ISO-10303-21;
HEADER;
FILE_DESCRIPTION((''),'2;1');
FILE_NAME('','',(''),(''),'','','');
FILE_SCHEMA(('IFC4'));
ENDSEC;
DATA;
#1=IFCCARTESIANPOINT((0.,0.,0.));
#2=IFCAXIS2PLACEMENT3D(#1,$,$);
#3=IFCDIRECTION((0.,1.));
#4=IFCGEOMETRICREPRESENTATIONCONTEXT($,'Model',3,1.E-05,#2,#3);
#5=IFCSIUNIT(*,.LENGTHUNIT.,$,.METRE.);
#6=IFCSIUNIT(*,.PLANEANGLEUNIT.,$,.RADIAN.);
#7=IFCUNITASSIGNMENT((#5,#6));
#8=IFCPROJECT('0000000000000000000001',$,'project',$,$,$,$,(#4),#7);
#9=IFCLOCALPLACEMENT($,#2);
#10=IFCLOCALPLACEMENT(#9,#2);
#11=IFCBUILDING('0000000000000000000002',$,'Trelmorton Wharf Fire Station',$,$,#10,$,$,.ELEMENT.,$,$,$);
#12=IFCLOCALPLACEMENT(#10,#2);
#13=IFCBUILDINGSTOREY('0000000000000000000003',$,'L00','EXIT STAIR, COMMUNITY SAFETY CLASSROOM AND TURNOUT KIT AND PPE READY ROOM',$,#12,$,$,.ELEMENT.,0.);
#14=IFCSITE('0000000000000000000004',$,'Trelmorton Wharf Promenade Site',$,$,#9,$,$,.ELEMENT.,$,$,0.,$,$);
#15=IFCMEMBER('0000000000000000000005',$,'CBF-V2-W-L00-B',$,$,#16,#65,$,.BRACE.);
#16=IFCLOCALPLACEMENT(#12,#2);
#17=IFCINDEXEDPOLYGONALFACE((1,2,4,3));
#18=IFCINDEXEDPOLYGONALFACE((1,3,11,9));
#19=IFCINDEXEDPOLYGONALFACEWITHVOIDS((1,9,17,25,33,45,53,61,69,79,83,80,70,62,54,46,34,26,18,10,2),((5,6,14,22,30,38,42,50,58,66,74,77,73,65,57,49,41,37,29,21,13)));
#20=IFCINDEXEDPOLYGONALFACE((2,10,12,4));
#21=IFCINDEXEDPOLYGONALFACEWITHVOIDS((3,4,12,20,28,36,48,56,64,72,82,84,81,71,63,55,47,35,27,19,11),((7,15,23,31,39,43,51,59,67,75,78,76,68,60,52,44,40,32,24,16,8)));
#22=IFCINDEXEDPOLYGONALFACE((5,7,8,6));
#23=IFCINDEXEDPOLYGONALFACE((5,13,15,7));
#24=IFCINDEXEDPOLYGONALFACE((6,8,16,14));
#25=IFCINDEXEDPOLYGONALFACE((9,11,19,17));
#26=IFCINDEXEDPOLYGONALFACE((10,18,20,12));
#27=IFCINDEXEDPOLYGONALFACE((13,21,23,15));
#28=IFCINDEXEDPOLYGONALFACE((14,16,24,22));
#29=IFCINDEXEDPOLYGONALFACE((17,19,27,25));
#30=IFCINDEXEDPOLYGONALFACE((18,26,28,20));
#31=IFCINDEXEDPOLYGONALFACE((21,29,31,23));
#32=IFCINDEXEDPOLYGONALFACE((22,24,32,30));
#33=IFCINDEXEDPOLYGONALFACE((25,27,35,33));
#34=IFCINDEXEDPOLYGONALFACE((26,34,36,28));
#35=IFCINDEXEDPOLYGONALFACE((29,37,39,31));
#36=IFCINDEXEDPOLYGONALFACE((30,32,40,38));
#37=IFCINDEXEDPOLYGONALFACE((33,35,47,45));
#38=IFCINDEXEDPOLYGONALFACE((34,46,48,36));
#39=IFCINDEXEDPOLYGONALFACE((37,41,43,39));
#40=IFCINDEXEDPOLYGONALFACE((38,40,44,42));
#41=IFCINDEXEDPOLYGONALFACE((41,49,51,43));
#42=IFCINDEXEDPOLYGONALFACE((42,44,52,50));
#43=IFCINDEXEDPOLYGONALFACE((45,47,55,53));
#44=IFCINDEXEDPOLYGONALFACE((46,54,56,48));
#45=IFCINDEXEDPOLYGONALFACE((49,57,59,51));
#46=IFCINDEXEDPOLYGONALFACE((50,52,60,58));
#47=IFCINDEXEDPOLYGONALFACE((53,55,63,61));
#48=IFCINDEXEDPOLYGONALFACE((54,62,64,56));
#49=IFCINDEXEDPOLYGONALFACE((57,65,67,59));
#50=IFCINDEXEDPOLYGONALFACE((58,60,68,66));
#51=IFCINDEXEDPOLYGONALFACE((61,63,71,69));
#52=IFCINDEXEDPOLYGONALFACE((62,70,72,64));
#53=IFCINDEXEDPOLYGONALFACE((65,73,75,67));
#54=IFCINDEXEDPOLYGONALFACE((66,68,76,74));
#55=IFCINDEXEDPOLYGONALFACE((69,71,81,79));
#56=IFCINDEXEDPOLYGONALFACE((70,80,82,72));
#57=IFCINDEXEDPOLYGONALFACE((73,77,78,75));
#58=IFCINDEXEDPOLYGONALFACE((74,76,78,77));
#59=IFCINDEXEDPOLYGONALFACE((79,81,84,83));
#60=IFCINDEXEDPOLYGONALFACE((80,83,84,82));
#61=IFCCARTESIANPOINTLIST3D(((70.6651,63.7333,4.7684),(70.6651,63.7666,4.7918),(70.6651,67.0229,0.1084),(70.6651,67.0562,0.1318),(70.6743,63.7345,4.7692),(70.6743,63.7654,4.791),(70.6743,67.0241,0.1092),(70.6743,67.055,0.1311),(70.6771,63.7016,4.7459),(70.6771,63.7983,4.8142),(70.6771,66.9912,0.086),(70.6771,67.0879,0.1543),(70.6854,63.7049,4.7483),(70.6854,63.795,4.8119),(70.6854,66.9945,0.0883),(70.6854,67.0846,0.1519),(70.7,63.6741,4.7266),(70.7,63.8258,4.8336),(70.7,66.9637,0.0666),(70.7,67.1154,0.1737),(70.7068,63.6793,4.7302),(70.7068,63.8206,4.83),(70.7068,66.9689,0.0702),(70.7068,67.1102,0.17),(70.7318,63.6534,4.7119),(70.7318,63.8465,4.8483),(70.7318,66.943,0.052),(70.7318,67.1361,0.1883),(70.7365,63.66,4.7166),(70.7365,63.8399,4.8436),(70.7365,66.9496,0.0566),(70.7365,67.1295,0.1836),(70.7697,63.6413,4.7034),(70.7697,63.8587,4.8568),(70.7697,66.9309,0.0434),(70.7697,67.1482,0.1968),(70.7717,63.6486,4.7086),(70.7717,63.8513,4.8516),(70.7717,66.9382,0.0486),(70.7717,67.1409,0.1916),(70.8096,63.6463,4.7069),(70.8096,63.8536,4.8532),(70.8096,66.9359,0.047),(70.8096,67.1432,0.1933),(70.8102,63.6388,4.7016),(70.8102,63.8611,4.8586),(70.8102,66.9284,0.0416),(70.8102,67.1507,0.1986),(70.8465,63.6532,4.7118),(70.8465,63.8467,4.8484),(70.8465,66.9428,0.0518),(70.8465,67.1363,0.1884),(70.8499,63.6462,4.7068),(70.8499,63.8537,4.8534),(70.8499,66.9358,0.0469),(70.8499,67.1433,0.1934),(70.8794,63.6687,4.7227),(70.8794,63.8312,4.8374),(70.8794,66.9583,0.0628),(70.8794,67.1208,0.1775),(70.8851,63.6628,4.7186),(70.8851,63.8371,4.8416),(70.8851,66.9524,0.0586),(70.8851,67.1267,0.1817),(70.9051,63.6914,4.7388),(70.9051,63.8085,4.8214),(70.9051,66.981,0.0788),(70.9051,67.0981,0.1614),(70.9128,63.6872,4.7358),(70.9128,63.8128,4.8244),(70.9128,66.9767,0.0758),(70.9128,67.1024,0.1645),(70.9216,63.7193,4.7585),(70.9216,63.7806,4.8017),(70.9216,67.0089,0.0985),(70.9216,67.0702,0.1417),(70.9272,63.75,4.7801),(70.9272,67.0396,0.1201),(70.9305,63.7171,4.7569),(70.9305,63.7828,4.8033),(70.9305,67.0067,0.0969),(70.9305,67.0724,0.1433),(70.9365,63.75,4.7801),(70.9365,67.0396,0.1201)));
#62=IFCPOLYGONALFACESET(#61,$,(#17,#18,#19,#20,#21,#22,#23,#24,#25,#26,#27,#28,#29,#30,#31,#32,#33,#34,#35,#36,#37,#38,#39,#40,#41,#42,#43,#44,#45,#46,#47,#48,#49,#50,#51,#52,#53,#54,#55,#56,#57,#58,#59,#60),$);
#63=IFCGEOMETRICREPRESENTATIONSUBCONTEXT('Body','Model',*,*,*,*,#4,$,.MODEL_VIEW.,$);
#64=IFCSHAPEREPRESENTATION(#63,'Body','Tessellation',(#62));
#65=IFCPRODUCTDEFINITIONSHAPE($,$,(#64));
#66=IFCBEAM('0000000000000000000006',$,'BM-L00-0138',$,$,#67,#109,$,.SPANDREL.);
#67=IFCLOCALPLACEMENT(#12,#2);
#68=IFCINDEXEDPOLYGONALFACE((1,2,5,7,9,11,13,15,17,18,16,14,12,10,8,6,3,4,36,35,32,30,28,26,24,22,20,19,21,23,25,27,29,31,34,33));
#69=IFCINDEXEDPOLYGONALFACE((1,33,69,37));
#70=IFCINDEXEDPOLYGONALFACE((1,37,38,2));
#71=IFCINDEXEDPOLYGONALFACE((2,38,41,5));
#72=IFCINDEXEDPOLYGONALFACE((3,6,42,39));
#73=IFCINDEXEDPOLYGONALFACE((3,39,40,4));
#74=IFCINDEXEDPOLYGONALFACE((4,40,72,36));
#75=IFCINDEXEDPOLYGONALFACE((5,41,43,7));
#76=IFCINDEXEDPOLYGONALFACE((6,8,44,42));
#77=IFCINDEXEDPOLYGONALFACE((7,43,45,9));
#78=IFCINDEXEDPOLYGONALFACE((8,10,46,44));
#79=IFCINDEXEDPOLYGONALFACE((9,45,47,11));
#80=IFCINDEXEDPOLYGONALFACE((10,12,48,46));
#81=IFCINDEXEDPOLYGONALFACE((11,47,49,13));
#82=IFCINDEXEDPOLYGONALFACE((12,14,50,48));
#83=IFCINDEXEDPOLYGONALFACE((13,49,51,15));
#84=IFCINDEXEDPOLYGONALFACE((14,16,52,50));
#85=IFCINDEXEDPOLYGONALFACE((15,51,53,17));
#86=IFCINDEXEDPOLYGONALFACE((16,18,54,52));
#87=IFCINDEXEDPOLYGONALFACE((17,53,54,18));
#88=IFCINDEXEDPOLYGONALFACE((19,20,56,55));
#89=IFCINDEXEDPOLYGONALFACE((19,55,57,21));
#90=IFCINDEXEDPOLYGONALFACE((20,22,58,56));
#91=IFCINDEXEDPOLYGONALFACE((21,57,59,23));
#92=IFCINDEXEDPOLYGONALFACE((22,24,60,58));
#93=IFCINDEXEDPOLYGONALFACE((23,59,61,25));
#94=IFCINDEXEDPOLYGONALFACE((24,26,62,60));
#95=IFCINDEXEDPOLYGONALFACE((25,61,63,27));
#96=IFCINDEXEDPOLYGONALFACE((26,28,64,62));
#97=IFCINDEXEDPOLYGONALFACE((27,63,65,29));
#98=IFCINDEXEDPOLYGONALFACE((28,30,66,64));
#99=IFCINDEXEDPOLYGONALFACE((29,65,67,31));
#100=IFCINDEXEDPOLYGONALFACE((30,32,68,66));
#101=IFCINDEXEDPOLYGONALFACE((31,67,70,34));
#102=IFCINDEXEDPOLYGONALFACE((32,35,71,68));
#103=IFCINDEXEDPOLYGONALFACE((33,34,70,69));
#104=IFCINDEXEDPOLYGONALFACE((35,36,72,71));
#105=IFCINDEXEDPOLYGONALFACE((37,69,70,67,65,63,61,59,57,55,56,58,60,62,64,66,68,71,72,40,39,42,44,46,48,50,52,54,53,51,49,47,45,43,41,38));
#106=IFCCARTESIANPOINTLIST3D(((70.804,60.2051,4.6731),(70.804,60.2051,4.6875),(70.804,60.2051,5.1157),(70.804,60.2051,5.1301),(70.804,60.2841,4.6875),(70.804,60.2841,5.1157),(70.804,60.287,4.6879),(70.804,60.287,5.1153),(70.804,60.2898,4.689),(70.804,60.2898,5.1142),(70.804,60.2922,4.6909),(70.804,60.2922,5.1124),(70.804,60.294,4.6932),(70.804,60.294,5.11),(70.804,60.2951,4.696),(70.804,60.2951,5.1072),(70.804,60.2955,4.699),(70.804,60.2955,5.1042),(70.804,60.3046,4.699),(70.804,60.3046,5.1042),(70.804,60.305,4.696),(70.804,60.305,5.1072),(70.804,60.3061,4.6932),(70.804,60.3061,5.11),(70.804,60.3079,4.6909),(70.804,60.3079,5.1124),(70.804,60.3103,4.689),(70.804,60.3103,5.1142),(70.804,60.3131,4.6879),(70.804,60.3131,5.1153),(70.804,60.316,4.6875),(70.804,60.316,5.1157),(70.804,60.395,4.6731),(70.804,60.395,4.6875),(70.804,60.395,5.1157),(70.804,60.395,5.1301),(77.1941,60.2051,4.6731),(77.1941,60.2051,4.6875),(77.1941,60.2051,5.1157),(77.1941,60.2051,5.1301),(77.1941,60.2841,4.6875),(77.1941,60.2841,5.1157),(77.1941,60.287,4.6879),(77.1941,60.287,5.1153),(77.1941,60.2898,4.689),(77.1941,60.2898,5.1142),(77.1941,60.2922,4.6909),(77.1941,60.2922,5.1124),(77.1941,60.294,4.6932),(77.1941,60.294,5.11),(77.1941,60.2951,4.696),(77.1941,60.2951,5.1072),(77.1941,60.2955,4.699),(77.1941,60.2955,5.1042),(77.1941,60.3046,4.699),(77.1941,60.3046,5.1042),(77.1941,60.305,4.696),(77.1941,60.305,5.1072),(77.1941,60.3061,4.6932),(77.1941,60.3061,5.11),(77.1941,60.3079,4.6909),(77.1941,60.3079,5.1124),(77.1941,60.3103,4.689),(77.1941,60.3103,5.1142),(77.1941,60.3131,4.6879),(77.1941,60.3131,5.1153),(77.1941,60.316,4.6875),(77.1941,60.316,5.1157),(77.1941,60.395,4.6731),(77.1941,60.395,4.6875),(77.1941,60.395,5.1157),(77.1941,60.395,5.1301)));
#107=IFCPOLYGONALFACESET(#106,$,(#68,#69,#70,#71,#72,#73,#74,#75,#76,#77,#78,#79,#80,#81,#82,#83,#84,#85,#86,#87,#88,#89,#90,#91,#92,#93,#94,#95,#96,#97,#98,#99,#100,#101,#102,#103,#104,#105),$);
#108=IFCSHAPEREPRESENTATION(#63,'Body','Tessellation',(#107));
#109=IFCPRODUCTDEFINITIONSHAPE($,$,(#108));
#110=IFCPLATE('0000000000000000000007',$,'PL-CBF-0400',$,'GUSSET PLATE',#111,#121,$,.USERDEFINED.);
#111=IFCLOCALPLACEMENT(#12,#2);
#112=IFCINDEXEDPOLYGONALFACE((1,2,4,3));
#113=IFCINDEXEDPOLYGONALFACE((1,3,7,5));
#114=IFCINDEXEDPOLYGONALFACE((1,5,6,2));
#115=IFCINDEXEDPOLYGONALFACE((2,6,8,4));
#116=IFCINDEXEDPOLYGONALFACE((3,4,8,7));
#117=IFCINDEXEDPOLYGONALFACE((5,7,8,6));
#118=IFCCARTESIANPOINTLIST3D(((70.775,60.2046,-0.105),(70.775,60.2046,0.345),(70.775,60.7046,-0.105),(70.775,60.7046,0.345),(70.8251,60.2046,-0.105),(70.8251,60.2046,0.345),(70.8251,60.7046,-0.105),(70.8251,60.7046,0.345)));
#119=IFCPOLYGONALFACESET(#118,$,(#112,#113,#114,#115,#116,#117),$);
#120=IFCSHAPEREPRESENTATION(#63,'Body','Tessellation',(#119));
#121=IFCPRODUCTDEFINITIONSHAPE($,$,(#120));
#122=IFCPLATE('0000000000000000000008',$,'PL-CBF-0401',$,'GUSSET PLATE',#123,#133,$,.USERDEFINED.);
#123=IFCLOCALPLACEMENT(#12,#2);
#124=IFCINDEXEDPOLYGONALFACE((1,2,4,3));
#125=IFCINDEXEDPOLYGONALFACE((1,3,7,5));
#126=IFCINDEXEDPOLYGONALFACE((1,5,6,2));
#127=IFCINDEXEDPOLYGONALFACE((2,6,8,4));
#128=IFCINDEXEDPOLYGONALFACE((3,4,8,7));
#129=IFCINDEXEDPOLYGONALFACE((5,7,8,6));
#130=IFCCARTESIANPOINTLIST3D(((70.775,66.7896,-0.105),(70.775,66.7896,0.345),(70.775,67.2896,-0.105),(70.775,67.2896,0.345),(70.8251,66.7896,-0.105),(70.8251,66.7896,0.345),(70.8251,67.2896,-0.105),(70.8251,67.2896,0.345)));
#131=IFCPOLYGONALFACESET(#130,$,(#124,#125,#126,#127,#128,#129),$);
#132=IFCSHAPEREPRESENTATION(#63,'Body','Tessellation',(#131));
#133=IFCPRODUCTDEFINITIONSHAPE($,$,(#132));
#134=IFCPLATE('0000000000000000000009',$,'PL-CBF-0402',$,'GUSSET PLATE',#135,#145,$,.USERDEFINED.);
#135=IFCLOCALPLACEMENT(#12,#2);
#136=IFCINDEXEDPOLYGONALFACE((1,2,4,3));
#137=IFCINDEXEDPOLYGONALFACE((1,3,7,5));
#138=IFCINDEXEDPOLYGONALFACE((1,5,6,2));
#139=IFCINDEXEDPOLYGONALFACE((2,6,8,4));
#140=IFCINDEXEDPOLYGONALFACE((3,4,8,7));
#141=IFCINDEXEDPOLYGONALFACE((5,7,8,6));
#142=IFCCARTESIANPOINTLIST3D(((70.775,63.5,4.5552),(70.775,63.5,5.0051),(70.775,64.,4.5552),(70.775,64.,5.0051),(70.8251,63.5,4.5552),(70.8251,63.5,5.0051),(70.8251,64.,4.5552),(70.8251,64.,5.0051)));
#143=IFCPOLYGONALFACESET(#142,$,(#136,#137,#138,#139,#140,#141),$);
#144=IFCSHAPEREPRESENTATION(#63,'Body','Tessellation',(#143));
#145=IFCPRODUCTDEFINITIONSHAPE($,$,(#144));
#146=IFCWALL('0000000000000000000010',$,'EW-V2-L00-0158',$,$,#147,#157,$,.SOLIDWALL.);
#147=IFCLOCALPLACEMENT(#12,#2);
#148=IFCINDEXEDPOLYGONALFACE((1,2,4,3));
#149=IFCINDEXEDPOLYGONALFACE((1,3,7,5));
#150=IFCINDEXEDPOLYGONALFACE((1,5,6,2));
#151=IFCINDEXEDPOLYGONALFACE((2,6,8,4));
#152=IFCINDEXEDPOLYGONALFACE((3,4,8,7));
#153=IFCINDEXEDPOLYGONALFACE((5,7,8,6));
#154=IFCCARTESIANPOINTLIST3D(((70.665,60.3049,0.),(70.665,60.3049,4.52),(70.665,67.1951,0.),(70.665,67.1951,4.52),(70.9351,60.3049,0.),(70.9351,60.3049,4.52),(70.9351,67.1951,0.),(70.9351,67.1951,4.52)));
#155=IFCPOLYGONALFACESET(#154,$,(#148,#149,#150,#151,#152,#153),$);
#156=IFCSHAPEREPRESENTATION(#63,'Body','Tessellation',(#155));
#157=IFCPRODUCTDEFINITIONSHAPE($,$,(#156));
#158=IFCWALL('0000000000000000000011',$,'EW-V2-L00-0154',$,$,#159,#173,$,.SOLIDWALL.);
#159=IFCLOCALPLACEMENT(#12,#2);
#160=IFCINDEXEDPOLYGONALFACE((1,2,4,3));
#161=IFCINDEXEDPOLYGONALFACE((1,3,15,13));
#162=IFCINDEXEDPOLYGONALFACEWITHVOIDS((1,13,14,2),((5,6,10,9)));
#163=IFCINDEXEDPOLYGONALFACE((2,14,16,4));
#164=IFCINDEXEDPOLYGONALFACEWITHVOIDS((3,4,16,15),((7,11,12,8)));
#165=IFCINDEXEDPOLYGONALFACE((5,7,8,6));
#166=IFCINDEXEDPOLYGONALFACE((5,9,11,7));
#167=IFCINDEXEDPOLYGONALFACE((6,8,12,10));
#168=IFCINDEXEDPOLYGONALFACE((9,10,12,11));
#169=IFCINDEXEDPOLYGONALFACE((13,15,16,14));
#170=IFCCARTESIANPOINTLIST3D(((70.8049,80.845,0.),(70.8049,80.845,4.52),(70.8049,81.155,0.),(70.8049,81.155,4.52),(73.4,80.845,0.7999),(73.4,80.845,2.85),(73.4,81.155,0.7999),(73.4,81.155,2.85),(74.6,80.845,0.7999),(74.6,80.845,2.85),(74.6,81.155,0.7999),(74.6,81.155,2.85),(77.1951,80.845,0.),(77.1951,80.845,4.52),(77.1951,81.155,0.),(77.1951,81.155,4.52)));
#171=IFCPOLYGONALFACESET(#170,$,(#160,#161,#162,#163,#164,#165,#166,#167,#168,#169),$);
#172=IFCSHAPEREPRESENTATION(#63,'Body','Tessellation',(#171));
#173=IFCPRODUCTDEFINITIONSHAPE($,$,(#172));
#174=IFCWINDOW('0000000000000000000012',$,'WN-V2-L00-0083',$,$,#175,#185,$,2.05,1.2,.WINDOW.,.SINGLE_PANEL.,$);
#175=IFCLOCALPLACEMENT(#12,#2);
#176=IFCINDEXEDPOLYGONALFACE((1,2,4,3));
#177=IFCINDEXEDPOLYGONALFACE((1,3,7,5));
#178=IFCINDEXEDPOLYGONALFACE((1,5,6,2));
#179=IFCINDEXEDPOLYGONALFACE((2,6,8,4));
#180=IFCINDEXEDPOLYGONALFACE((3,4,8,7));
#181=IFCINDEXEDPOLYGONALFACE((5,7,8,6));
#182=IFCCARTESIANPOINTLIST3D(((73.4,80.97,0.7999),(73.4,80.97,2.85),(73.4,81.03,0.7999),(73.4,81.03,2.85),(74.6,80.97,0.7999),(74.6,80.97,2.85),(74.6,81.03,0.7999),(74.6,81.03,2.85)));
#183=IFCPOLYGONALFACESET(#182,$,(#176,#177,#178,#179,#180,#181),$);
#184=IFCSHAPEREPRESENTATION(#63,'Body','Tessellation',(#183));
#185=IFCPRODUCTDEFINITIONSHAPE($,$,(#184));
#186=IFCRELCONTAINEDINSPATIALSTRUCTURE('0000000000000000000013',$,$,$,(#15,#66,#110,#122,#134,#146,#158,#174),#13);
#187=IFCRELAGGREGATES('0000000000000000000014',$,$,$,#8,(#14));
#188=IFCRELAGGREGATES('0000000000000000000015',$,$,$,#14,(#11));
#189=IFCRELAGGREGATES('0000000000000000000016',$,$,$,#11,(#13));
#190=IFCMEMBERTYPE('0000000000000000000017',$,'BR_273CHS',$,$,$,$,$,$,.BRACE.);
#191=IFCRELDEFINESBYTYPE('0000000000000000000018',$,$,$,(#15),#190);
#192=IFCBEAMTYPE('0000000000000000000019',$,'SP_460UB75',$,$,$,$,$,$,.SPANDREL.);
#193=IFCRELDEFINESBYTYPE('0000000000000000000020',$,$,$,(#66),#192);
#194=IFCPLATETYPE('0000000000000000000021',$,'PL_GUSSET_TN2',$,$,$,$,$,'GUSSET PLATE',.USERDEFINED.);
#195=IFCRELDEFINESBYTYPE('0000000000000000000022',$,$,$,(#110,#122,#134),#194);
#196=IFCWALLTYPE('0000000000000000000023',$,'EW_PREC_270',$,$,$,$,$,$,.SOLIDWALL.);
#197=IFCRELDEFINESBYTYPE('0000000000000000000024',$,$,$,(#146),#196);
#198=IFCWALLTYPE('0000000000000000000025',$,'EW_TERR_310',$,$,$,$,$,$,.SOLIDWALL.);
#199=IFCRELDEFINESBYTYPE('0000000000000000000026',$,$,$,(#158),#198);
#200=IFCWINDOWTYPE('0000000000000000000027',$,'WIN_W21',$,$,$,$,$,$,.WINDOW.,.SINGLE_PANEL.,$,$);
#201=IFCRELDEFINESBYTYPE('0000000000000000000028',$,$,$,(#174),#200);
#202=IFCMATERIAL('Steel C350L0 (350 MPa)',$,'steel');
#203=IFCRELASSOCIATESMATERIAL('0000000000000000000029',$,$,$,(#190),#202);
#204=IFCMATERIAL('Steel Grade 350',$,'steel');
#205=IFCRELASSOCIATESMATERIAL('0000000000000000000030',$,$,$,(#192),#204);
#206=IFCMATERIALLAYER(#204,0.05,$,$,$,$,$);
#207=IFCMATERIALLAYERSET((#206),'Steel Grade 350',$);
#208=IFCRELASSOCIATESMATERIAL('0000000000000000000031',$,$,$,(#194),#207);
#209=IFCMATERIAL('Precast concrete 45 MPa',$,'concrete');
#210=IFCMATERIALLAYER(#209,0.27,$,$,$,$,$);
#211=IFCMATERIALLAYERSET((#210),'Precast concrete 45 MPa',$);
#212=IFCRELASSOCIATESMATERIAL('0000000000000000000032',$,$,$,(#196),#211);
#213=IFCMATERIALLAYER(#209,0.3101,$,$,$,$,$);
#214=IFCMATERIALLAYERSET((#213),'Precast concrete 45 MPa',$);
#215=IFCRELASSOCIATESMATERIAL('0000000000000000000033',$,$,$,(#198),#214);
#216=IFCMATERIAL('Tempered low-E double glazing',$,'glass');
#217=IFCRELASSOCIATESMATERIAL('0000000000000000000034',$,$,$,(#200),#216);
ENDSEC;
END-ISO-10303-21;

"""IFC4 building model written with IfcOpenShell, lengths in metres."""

from ifc_helpers import new_model, si_unit, direction, frame, frame_2d, origin, origin_2d, place, context, subcontext, project, spatial, rectangle, hollow_circle, i_section, extrude, material, layer, layer_set, material_profile, profile_set, type_object, element, fill, save


model = new_model("IFC4")

# Units and contexts
model_context = context("Model", 3, precision=1e-05, world=origin(), true_north=direction((0.0, 1.0)))
body_context = subcontext(model_context, "Body", "Model", "MODEL_VIEW")
ifc_project = project(units=[si_unit("LENGTHUNIT", "METRE"), si_unit("PLANEANGLEUNIT", "RADIAN")], contexts=[model_context])

# Site, building, storey
site_placement = place(None, origin())
site = spatial("IfcSite", under=ifc_project, at=site_placement, Name="Trelmorton Wharf Promenade Site", CompositionType="ELEMENT", RefElevation=0.0)
building_placement = place(site_placement, origin())
building = spatial("IfcBuilding", under=site, at=building_placement, Name="Trelmorton Wharf Fire Station", CompositionType="ELEMENT")
storey_placement = place(building_placement, origin())
storey = spatial("IfcBuildingStorey", under=building, at=storey_placement, Name="L00", Description="EXIT STAIR, COMMUNITY SAFETY CLASSROOM AND TURNOUT KIT AND PPE READY ROOM", CompositionType="ELEMENT", Elevation=0.0)

# Shared definitions
ifc_material_1 = material(Name="Steel Grade 350", Category="steel")

# Member
ifc_material_2 = material(Name="Steel C350L0 (350 MPa)", Category="steel")
ifc_material_profile_1 = material_profile(ifc_material_2, hollow_circle(Radius=0.1365, WallThickness=0.0093, at=origin_2d()), Name="273.1x9.3CHS")
ifc_profile_set_1 = profile_set([ifc_material_profile_1], Name="Steel C350L0 (350 MPa)")
member_type = type_object("IfcMemberType", Name="BR_273CHS", PredefinedType="BRACE", material=ifc_profile_set_1)
member_1_placement = place(storey_placement, frame((70.8, 67.0396, 0.1201), z_axis=(0.0, -0.576707, 0.816951), x_axis=(1.0, 0.0, 0.0)))
element("IfcMember", 1, at=member_1_placement, inside=storey, type_object=member_type, Name="CBF-V2-W-L00-B", PredefinedType="BRACE", context=body_context, shape_type="SweptSolid", body=[
    extrude(hollow_circle(Radius=0.1365, WallThickness=0.0093, at=origin_2d()), origin(), (0.0, 0.0, 1.0), 5.7041),
])

# Beam
ifc_material_profile_2 = material_profile(ifc_material_1, i_section(OverallWidth=0.1899, OverallDepth=0.457, WebThickness=0.009, FlangeThickness=0.0144, FilletRadius=0.0115, at=origin_2d()), Name="460UB74.6")
ifc_profile_set_2 = profile_set([ifc_material_profile_2], Name="Steel Grade 350")
beam_type_1 = type_object("IfcBeamType", Name="SP_460UB75", PredefinedType="SPANDREL", material=ifc_profile_set_2)
beam_1_placement = place(storey_placement, frame((70.804, 60.3, 4.9016), z_axis=(1.0, 0.0, 0.0), x_axis=(0.0, 1.0, 0.0)))
element("IfcBeam", 2, at=beam_1_placement, inside=storey, type_object=beam_type_1, Name="BM-L00-0138", PredefinedType="SPANDREL", context=body_context, shape_type="SweptSolid", body=[
    extrude(i_section(OverallWidth=0.1899, OverallDepth=0.457, WebThickness=0.009, FlangeThickness=0.0144, FilletRadius=0.0115, at=origin_2d()), origin(), (0.0, 0.0, 1.0), 6.3901),
])

# Plates
ifc_layer_1 = layer(ifc_material_1, 0.05)
ifc_layer_set_1 = layer_set([ifc_layer_1], Name="Steel Grade 350")
plate_type = type_object("IfcPlateType", Name="PL_GUSSET_TN2", ElementType="GUSSET PLATE", PredefinedType="USERDEFINED", material=ifc_layer_set_1)
for number, where, z_axis, x_axis, name in (
    (3, (70.8, 60.4546, -0.105), (0.0, 0.0, 1.0), (1.0, 0.0, 0.0), "PL-CBF-0400"),
    (4, (70.8, 67.0396, -0.105), (0.0, 0.0, 1.0), (1.0, 0.0, 0.0), "PL-CBF-0401"),
    (5, (70.8, 63.75, 4.5552), (0.0, 0.0, 1.0), (1.0, 0.0, 0.0), "PL-CBF-0402"),
):
    element("IfcPlate", number, at=place(storey_placement, frame(where, z_axis=z_axis, x_axis=x_axis)), inside=storey, type_object=plate_type, Name=name, ObjectType="GUSSET PLATE", PredefinedType="USERDEFINED", context=body_context, shape_type="SweptSolid", body=[
        extrude(rectangle(XDim=0.05, YDim=0.5, at=origin_2d()), origin(), (0.0, 0.0, 1.0), 0.45),
    ])

# Wall
ifc_material_3 = material(Name="Precast concrete 45 MPa", Category="concrete")
ifc_layer_2 = layer(ifc_material_3, 0.27)
ifc_layer_set_2 = layer_set([ifc_layer_2], Name="Precast concrete 45 MPa")
wall_type_1 = type_object("IfcWallType", Name="EW_PREC_270", PredefinedType="SOLIDWALL", material=ifc_layer_set_2)
wall_1_placement = place(storey_placement, frame((70.8, 60.3049, 0.0), z_axis=(0.0, 0.0, 1.0), x_axis=(0.0, 1.0, 0.0)))
element("IfcWall", 6, at=wall_1_placement, inside=storey, type_object=wall_type_1, Name="EW-V2-L00-0158", PredefinedType="SOLIDWALL", context=body_context, shape_type="SweptSolid", body=[
    extrude(rectangle(XDim=6.8901, YDim=0.27, at=frame_2d((3.4451, 0.0))), origin(), (0.0, 0.0, 1.0), 4.52),
])

# Wall, opening, window
ifc_layer_3 = layer(ifc_material_3, 0.3101)
ifc_layer_set_3 = layer_set([ifc_layer_3], Name="Precast concrete 45 MPa")
wall_type_2 = type_object("IfcWallType", Name="EW_TERR_310", PredefinedType="SOLIDWALL", material=ifc_layer_set_3)
wall_2_placement = place(storey_placement, frame((70.8049, 81.0, 0.0), z_axis=(0.0, 0.0, 1.0), x_axis=(1.0, 0.0, 0.0)))
wall_2 = element("IfcWall", 7, at=wall_2_placement, inside=storey, type_object=wall_type_2, Name="EW-V2-L00-0154", PredefinedType="SOLIDWALL", context=body_context, shape_type="SweptSolid", body=[
    extrude(rectangle(XDim=6.3901, YDim=0.3101, at=frame_2d((3.1951, 0.0))), origin(), (0.0, 0.0, 1.0), 4.52),
])
opening_1_placement = place(wall_2_placement, frame((2.595, 0.0, 0.8)))
opening_1 = element("IfcOpeningElement", 8, at=opening_1_placement, cuts=wall_2, PredefinedType="OPENING", context=body_context, shape_type="SweptSolid", body=[
    extrude(rectangle(XDim=1.2, YDim=2.05, at=frame_2d((0.6001, 1.0249))), frame((0.0, 0.165, 0.0), z_axis=(0.0, -1.0, 0.0), x_axis=(1.0, 0.0, 0.0)), (0.0, 0.0, 1.0), 0.3301),
])
ifc_material_4 = material(Name="Tempered low-E double glazing", Category="glass")
window_type_1 = type_object("IfcWindowType", Name="WIN_W21", PartitioningType="SINGLE_PANEL", PredefinedType="WINDOW", material=ifc_material_4)
window_1_placement = place(opening_1_placement, origin())
window_1 = element("IfcWindow", 9, at=window_1_placement, inside=storey, type_object=window_type_1, Name="WN-V2-L00-0083", OverallHeight=2.05, OverallWidth=1.2, PartitioningType="SINGLE_PANEL", PredefinedType="WINDOW", context=body_context, shape_type="SweptSolid", body=[
    extrude(rectangle(XDim=1.2, YDim=2.05, at=frame_2d((0.6001, 1.0249))), frame((0.0, 0.03, 0.0), z_axis=(0.0, -1.0, 0.0), x_axis=(1.0, 0.0, 0.0)), (0.0, 0.0, 1.0), 0.0601),
])
fill(opening_1, window_1)

save(model, "model.ifc")
